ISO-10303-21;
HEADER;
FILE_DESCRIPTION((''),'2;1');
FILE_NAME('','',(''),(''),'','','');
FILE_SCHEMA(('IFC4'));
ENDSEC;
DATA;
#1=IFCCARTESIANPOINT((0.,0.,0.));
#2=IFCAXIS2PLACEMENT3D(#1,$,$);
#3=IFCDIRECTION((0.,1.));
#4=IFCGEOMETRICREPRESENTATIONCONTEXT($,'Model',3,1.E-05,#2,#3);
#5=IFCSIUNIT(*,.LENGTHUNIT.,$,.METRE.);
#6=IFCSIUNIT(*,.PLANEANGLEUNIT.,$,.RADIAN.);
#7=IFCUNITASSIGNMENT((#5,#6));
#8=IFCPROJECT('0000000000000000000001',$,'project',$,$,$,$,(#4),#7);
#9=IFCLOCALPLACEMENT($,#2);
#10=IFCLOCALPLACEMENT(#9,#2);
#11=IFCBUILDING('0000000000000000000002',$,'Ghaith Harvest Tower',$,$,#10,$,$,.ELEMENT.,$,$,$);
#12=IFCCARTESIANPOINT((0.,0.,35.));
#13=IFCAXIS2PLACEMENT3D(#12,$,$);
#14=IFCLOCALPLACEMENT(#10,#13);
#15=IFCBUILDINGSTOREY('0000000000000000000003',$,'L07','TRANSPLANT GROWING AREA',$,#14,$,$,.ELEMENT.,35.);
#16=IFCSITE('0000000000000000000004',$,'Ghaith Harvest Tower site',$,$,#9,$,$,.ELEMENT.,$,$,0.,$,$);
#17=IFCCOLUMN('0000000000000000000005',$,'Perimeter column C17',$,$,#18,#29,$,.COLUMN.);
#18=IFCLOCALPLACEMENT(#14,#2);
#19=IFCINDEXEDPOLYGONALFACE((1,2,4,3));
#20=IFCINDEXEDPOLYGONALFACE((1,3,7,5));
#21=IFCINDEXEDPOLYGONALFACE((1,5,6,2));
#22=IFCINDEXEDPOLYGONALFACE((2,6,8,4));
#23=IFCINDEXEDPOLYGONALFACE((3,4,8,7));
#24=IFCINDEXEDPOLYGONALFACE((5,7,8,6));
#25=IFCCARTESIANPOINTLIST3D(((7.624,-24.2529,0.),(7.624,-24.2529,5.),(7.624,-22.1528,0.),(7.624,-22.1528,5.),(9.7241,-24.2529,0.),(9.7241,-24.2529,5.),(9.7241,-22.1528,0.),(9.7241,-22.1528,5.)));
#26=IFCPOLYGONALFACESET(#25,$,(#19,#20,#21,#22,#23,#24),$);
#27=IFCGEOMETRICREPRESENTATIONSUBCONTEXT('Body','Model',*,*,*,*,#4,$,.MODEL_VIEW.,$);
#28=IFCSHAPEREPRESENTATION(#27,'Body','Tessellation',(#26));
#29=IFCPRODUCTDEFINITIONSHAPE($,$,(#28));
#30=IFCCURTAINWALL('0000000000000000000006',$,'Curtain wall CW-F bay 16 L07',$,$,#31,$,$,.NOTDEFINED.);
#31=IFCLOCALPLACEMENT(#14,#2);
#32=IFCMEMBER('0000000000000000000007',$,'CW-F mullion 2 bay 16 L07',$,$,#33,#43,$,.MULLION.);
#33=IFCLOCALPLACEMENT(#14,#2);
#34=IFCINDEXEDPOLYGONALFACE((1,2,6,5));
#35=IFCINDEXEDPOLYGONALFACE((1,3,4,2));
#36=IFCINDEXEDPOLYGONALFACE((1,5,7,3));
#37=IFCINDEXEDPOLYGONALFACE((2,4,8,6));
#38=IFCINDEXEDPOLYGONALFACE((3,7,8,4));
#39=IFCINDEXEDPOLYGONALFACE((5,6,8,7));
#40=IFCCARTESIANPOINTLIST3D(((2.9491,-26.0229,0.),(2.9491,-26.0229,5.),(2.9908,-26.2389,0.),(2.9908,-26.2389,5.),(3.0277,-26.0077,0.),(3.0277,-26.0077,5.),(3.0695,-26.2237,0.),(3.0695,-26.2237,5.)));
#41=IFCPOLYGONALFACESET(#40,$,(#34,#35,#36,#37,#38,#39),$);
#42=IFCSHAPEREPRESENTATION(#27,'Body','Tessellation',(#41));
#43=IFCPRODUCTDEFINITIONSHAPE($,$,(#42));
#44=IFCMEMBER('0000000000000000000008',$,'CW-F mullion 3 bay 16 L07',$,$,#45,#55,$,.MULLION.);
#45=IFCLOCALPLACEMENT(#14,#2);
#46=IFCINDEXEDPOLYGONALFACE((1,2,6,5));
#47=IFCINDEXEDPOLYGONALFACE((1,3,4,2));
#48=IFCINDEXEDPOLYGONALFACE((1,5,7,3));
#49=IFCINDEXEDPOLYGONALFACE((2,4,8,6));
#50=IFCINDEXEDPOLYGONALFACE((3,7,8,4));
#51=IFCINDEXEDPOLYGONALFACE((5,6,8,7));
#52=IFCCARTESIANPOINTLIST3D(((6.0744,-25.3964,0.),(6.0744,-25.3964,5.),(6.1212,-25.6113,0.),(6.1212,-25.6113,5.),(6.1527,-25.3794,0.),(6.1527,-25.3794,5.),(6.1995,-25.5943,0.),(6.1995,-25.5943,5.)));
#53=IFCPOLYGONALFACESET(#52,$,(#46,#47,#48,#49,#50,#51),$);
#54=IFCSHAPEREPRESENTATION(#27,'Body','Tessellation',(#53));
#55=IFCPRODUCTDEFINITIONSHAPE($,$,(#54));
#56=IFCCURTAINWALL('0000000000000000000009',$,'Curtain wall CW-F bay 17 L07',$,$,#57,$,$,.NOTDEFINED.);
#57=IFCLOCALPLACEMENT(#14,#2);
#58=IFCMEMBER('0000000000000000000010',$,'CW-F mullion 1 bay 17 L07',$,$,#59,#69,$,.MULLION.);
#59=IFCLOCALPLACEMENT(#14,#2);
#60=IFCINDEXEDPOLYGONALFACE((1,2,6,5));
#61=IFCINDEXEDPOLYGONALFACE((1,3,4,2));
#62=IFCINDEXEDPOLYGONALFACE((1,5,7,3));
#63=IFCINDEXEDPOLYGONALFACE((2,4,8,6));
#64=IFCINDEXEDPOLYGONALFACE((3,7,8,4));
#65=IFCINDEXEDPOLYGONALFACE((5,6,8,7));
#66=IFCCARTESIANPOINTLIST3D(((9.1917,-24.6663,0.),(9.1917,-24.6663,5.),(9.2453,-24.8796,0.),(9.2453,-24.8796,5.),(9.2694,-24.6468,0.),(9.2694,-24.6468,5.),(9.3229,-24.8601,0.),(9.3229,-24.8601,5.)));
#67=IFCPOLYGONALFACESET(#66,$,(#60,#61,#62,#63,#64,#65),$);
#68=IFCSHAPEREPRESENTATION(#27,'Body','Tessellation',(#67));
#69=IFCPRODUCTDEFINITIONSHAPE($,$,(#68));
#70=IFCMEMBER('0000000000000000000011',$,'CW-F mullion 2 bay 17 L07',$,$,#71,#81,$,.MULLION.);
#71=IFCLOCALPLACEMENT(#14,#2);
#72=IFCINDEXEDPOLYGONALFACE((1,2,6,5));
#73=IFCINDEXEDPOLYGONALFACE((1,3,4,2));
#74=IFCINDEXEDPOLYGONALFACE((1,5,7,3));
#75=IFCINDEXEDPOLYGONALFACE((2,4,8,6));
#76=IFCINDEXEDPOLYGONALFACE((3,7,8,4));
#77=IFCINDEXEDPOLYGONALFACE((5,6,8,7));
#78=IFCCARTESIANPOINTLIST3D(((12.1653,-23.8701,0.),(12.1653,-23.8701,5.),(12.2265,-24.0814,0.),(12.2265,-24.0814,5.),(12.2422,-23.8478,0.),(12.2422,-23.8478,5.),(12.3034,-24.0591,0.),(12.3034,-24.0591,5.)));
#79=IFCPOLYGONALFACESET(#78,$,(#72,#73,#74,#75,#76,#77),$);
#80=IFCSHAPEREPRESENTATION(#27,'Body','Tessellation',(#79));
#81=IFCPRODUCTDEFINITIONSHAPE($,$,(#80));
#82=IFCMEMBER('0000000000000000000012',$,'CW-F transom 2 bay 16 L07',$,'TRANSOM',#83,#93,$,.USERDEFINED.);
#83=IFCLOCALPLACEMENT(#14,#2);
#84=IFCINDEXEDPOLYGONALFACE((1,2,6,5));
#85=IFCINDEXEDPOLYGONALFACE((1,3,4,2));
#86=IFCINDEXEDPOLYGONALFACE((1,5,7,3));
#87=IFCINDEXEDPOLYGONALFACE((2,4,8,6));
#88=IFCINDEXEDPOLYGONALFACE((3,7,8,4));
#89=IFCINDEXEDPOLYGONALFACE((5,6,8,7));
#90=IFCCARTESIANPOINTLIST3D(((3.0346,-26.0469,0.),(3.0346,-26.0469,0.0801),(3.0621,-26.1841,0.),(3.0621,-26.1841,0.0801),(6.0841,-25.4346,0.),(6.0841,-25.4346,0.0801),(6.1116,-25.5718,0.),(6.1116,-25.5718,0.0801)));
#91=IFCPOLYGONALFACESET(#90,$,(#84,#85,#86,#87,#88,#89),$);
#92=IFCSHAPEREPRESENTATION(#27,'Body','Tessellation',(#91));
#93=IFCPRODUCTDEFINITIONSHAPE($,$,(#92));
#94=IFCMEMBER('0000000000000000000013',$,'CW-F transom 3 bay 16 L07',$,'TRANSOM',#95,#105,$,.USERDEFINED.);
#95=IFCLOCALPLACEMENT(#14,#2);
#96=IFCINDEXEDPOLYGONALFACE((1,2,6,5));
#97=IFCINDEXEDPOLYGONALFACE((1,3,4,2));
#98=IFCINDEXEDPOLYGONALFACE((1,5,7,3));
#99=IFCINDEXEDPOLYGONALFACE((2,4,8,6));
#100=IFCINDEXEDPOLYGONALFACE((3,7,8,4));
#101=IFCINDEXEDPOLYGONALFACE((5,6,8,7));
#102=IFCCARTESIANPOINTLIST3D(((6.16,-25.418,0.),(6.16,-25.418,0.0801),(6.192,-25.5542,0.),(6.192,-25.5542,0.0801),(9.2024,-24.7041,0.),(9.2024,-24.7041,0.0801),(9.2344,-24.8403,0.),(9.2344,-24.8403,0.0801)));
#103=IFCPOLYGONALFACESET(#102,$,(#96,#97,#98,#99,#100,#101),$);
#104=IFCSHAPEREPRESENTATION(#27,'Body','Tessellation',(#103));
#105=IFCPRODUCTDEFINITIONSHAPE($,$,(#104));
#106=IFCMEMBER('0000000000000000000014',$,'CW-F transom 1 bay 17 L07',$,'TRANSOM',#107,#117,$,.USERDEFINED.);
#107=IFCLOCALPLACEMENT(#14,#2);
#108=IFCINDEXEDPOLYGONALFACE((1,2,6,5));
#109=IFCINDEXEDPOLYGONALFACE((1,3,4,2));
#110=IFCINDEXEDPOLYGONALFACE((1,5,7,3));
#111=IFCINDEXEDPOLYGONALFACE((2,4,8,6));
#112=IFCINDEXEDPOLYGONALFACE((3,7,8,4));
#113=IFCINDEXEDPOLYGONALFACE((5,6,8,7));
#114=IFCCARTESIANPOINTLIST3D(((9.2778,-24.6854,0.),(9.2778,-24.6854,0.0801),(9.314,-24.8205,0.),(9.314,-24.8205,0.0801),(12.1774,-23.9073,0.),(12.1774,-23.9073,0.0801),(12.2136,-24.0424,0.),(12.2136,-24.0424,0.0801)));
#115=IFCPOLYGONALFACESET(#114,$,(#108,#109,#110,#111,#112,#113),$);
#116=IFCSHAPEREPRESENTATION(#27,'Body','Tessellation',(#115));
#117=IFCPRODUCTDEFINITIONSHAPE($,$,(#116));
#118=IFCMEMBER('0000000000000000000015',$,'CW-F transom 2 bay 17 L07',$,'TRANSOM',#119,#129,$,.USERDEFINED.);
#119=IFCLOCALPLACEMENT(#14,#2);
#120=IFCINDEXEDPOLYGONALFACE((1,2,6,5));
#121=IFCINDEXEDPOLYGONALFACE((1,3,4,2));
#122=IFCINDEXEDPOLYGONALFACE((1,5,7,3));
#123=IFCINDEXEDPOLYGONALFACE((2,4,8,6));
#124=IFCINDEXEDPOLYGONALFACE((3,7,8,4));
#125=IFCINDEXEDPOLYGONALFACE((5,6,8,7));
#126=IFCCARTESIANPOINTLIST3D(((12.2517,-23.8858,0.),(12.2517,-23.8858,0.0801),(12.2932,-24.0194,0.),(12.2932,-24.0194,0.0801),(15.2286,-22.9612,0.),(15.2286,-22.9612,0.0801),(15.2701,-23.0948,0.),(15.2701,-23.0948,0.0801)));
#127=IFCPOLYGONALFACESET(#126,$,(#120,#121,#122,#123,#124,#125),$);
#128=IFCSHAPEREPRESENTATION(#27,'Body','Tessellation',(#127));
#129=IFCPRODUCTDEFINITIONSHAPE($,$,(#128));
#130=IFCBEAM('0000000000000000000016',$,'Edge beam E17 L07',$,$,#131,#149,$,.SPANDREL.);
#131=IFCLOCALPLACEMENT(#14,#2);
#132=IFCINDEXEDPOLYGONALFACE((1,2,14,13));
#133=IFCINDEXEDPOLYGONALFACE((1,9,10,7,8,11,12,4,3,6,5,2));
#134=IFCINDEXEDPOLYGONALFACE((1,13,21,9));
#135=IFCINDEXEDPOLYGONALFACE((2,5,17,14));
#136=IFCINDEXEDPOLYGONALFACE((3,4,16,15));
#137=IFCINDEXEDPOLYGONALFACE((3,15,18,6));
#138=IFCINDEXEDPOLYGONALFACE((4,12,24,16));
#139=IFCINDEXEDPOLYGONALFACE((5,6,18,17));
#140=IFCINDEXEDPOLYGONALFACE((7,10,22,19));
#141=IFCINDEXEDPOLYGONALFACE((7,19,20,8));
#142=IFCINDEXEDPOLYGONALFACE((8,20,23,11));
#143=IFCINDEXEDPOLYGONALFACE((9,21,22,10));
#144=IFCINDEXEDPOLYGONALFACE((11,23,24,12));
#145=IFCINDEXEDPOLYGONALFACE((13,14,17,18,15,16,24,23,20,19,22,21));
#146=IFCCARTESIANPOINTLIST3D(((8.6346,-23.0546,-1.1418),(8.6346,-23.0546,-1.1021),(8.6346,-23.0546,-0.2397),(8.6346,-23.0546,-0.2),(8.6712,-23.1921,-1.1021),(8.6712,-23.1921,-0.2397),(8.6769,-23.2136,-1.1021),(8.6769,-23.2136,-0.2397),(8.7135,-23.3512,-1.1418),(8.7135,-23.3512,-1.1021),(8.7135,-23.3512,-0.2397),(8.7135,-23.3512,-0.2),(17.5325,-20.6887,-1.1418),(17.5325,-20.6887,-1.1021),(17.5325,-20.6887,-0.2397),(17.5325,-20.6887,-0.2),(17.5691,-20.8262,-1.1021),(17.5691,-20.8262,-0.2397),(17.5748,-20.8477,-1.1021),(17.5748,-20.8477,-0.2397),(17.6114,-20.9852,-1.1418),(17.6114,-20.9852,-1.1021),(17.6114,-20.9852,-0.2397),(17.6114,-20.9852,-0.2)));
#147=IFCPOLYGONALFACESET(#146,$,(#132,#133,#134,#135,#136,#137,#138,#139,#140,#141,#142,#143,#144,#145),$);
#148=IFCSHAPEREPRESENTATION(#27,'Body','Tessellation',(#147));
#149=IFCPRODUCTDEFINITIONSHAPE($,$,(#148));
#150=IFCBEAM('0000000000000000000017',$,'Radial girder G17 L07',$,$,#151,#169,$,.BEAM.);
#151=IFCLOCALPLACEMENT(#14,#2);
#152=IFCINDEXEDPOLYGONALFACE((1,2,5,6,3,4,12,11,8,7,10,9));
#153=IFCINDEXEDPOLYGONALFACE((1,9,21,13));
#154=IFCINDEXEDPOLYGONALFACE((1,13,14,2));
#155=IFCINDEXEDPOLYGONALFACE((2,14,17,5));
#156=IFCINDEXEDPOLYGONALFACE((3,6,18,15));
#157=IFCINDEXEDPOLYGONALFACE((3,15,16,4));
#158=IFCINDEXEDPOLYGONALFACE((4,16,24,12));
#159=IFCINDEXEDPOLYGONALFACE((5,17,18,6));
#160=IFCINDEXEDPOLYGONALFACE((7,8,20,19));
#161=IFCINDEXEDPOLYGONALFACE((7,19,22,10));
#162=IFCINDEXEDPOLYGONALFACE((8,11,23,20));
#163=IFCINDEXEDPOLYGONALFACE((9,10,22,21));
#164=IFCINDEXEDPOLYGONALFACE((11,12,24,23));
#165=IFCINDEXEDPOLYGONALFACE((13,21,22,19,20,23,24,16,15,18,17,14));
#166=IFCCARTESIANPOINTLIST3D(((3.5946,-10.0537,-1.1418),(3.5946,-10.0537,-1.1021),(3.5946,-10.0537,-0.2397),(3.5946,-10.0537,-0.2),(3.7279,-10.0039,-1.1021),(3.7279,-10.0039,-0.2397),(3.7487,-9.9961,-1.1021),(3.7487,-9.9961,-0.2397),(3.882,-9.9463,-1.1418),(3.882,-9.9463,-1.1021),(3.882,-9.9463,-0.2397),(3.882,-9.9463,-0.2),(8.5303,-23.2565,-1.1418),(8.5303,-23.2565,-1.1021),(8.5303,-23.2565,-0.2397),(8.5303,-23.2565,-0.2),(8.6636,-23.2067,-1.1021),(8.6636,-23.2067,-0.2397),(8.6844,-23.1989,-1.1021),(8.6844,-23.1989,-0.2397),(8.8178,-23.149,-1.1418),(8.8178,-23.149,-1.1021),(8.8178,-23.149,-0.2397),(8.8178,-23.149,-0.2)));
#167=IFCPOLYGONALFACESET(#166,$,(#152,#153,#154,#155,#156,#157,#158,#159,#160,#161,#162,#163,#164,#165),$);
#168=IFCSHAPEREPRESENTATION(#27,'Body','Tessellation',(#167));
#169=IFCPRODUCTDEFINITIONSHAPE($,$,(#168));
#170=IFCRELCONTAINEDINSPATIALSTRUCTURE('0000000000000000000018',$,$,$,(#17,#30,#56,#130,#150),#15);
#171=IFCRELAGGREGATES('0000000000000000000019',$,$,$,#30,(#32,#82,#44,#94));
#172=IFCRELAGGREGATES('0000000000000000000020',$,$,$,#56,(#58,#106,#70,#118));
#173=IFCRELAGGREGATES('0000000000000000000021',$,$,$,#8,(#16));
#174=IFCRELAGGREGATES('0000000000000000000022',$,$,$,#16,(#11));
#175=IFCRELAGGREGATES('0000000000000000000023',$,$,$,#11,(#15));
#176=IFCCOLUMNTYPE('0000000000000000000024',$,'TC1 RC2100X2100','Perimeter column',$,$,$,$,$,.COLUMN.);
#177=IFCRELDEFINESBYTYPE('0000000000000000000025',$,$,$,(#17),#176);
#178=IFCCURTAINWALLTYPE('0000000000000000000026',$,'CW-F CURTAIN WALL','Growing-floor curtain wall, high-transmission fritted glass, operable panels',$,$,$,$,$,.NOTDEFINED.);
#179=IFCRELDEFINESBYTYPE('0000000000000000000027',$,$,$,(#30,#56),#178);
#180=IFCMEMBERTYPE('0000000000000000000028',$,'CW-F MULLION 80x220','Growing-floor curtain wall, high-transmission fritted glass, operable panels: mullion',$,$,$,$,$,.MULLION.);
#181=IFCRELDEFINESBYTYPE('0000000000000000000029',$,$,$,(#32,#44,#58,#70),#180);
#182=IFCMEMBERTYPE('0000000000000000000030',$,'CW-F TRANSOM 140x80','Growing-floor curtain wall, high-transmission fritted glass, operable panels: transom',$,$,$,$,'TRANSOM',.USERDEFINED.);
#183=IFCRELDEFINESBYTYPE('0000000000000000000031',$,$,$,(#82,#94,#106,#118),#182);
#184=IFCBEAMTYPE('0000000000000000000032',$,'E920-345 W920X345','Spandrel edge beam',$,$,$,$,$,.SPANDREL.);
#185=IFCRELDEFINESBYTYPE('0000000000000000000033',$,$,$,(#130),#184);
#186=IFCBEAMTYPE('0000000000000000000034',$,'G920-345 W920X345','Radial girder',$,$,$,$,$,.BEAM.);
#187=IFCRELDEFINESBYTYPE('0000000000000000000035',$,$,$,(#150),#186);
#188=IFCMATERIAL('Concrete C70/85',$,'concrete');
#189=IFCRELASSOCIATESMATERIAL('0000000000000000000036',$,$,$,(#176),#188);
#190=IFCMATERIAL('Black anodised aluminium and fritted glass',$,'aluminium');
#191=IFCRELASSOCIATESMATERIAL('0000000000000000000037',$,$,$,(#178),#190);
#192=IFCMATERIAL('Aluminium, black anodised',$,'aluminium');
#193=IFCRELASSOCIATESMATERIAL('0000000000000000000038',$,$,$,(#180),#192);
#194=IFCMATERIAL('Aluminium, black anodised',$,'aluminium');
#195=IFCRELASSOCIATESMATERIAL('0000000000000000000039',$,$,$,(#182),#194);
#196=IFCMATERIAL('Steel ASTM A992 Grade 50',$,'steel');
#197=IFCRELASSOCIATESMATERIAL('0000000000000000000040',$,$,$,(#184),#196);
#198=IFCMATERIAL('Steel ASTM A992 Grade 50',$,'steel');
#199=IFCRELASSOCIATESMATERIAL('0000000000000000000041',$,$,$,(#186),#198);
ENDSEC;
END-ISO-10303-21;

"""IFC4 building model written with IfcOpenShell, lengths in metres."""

from ifc_helpers import new_model, si_unit, direction, frame, origin, origin_2d, place, context, subcontext, project, spatial, rectangle, i_section, extrude, material, material_profile, profile_set, type_object, element, aggregate, save


model = new_model("IFC4")

# Units and contexts
model_context = context("Model", 3, precision=1e-05, world=origin(), true_north=direction((0.0, 1.0)))
body_context = subcontext(model_context, "Body", "Model", "MODEL_VIEW")
ifc_project = project(units=[si_unit("LENGTHUNIT", "METRE"), si_unit("PLANEANGLEUNIT", "RADIAN")], contexts=[model_context])

# Site, building, storey
site_placement = place(None, origin())
site = spatial("IfcSite", under=ifc_project, at=site_placement, Name="Ghaith Harvest Tower site", CompositionType="ELEMENT", RefElevation=0.0)
building_placement = place(site_placement, origin())
building = spatial("IfcBuilding", under=site, at=building_placement, Name="Ghaith Harvest Tower", CompositionType="ELEMENT")
storey_placement = place(building_placement, frame((0.0, 0.0, 35.0)))
storey = spatial("IfcBuildingStorey", under=building, at=storey_placement, Name="L07", Description="TRANSPLANT GROWING AREA", CompositionType="ELEMENT", Elevation=35.0)

# Column
ifc_material_1 = material(Name="Concrete C70/85", Category="concrete")
ifc_material_profile_1 = material_profile(ifc_material_1, rectangle(XDim=2.1001, YDim=2.1001, at=origin_2d()), Name="RC2100X2100")
ifc_profile_set_1 = profile_set([ifc_material_profile_1], Name="Concrete C70/85")
column_type = type_object("IfcColumnType", Name="TC1 RC2100X2100", Description="Perimeter column", PredefinedType="COLUMN", material=ifc_profile_set_1)
column_placement = place(storey_placement, frame((8.6741, -23.2029, 0.0), z_axis=(0.0, 0.0, 1.0), x_axis=(1.0, 0.0, 0.0)))
element("IfcColumn", 1, at=column_placement, inside=storey, type_object=column_type, Name="Perimeter column C17", PredefinedType="COLUMN", context=body_context, shape_type="SweptSolid", body=[
    extrude(rectangle(XDim=2.1001, YDim=2.1001, at=origin_2d()), origin(), (0.0, 0.0, 1.0), 5.0),
])

# Curtain walls, members
ifc_material_2 = material(Name="Black anodised aluminium and fritted glass", Category="aluminium")
curtain_wall_type = type_object("IfcCurtainWallType", Name="CW-F CURTAIN WALL", Description="Growing-floor curtain wall, high-transmission fritted glass, operable panels", PredefinedType="NOTDEFINED", material=ifc_material_2)
curtain_wall_1_placement = place(storey_placement, origin())
curtain_wall_1 = element("IfcCurtainWall", 2, at=curtain_wall_1_placement, inside=storey, type_object=curtain_wall_type, Name="Curtain wall CW-F bay 16 L07", PredefinedType="NOTDEFINED")
ifc_material_3 = material(Name="Aluminium, black anodised", Category="aluminium")
ifc_material_profile_2 = material_profile(ifc_material_3, rectangle(XDim=0.0801, YDim=0.22, at=origin_2d()), Name="CW-F MULLION 80x220")
ifc_profile_set_2 = profile_set([ifc_material_profile_2], Name="Aluminium, black anodised")
member_type_1 = type_object("IfcMemberType", Name="CW-F MULLION 80x220", Description="Growing-floor curtain wall, high-transmission fritted glass, operable panels: mullion", PredefinedType="MULLION", material=ifc_profile_set_2)
member_1_placement = place(storey_placement, frame((3.0093, -26.1233, 0.0), z_axis=(0.0, 0.0, 1.0), x_axis=(0.981818, 0.189822, 0.0)))
member_1 = element("IfcMember", 3, at=member_1_placement, type_object=member_type_1, Name="CW-F mullion 2 bay 16 L07", PredefinedType="MULLION", context=body_context, shape_type="SweptSolid", body=[
    extrude(rectangle(XDim=0.0801, YDim=0.22, at=origin_2d()), origin(), (0.0, 0.0, 1.0), 5.0),
])
member_2_placement = place(storey_placement, frame((6.137, -25.4954, 0.0), z_axis=(0.0, 0.0, 1.0), x_axis=(0.977118, 0.212698, 0.0)))
member_2 = element("IfcMember", 4, at=member_2_placement, type_object=member_type_1, Name="CW-F mullion 3 bay 16 L07", PredefinedType="MULLION", context=body_context, shape_type="SweptSolid", body=[
    extrude(rectangle(XDim=0.0801, YDim=0.22, at=origin_2d()), origin(), (0.0, 0.0, 1.0), 5.0),
])
curtain_wall_2_placement = place(storey_placement, origin())
curtain_wall_2 = element("IfcCurtainWall", 5, at=curtain_wall_2_placement, inside=storey, type_object=curtain_wall_type, Name="Curtain wall CW-F bay 17 L07", PredefinedType="NOTDEFINED")
member_3_placement = place(storey_placement, frame((9.2573, -24.7632, 0.0), z_axis=(0.0, 0.0, 1.0), x_axis=(0.969903, 0.24349, 0.0)))
member_3 = element("IfcMember", 6, at=member_3_placement, type_object=member_type_1, Name="CW-F mullion 1 bay 17 L07", PredefinedType="MULLION", context=body_context, shape_type="SweptSolid", body=[
    extrude(rectangle(XDim=0.0801, YDim=0.22, at=origin_2d()), origin(), (0.0, 0.0, 1.0), 5.0),
])
member_4_placement = place(storey_placement, frame((12.2344, -23.9646, 0.0), z_axis=(0.0, 0.0, 1.0), x_axis=(0.960502, 0.278272, 0.0)))
member_4 = element("IfcMember", 7, at=member_4_placement, type_object=member_type_1, Name="CW-F mullion 2 bay 17 L07", PredefinedType="MULLION", context=body_context, shape_type="SweptSolid", body=[
    extrude(rectangle(XDim=0.0801, YDim=0.22, at=origin_2d()), origin(), (0.0, 0.0, 1.0), 5.0),
])

# Members
ifc_material_4 = material(Name="Aluminium, black anodised", Category="aluminium")
ifc_material_profile_3 = material_profile(ifc_material_4, rectangle(XDim=0.1399, YDim=0.0801, at=origin_2d()), Name="CW-F TRANSOM 140x80")
ifc_profile_set_3 = profile_set([ifc_material_profile_3], Name="Aluminium, black anodised")
member_type_2 = type_object("IfcMemberType", Name="CW-F TRANSOM 140x80", Description="Growing-floor curtain wall, high-transmission fritted glass, operable panels: transom", ElementType="TRANSOM", PredefinedType="USERDEFINED", material=ifc_profile_set_3)
member_5_placement = place(storey_placement, frame((3.0483, -26.1155, 0.04), z_axis=(0.980432, 0.196856, 0.0), x_axis=(-0.196856, 0.980432, 0.0)))
member_5 = element("IfcMember", 8, at=member_5_placement, type_object=member_type_2, Name="CW-F transom 2 bay 16 L07", ObjectType="TRANSOM", PredefinedType="USERDEFINED", context=body_context, shape_type="SweptSolid", body=[
    extrude(rectangle(XDim=0.1399, YDim=0.0801, at=origin_2d()), origin(), (0.0, 0.0, 1.0), 3.1104),
])
member_6_placement = place(storey_placement, frame((6.176, -25.4861, 0.04), z_axis=(0.97356, 0.22843, 0.0), x_axis=(-0.22843, 0.97356, 0.0)))
member_6 = element("IfcMember", 9, at=member_6_placement, type_object=member_type_2, Name="CW-F transom 3 bay 16 L07", ObjectType="TRANSOM", PredefinedType="USERDEFINED", context=body_context, shape_type="SweptSolid", body=[
    extrude(rectangle(XDim=0.1399, YDim=0.0801, at=origin_2d()), origin(), (0.0, 0.0, 1.0), 3.125),
])
member_7_placement = place(storey_placement, frame((9.2959, -24.7529, 0.04), z_axis=(0.965833, 0.259166, 0.0), x_axis=(-0.259166, 0.965833, 0.0)))
member_7 = element("IfcMember", 10, at=member_7_placement, type_object=member_type_2, Name="CW-F transom 1 bay 17 L07", ObjectType="TRANSOM", PredefinedType="USERDEFINED", context=body_context, shape_type="SweptSolid", body=[
    extrude(rectangle(XDim=0.1399, YDim=0.0801, at=origin_2d()), origin(), (0.0, 0.0, 1.0), 3.0022),
])
member_8_placement = place(storey_placement, frame((12.2725, -23.9526, 0.04), z_axis=(0.954998, 0.296611, 0.0), x_axis=(-0.296611, 0.954998, 0.0)))
member_8 = element("IfcMember", 11, at=member_8_placement, type_object=member_type_2, Name="CW-F transom 2 bay 17 L07", ObjectType="TRANSOM", PredefinedType="USERDEFINED", context=body_context, shape_type="SweptSolid", body=[
    extrude(rectangle(XDim=0.1399, YDim=0.0801, at=origin_2d()), origin(), (0.0, 0.0, 1.0), 3.1172),
])

# Beams
ifc_material_5 = material(Name="Steel ASTM A992 Grade 50", Category="steel")
ifc_material_profile_4 = material_profile(ifc_material_5, i_section(OverallWidth=0.3069, OverallDepth=0.9419, WebThickness=0.0222, FlangeThickness=0.0398, at=origin_2d()), Name="W920X345")
ifc_profile_set_4 = profile_set([ifc_material_profile_4], Name="Steel ASTM A992 Grade 50")
beam_type_1 = type_object("IfcBeamType", Name="E920-345 W920X345", Description="Spandrel edge beam", PredefinedType="SPANDREL", material=ifc_profile_set_4)
beam_1_placement = place(storey_placement, frame((8.6741, -23.2029, -0.6709), z_axis=(0.966419, 0.256971, 0.0), x_axis=(-0.256971, 0.966419, 0.0)))
element("IfcBeam", 12, at=beam_1_placement, inside=storey, type_object=beam_type_1, Name="Edge beam E17 L07", PredefinedType="SPANDREL", context=body_context, shape_type="SweptSolid", body=[
    extrude(i_section(OverallWidth=0.3069, OverallDepth=0.9419, WebThickness=0.0222, FlangeThickness=0.0398, at=origin_2d()), origin(), (0.0, 0.0, 1.0), 9.207),
])
ifc_material_6 = material(Name="Steel ASTM A992 Grade 50", Category="steel")
ifc_material_profile_5 = material_profile(ifc_material_6, i_section(OverallWidth=0.3069, OverallDepth=0.9419, WebThickness=0.0222, FlangeThickness=0.0398, at=origin_2d()), Name="W920X345")
ifc_profile_set_5 = profile_set([ifc_material_profile_5], Name="Steel ASTM A992 Grade 50")
beam_type_2 = type_object("IfcBeamType", Name="G920-345 W920X345", Description="Radial girder", PredefinedType="BEAM", material=ifc_profile_set_5)
beam_2_placement = place(storey_placement, frame((3.7383, -10.0, -0.6709), z_axis=(0.350172, -0.936685, 0.0), x_axis=(0.936685, 0.350172, 0.0)))
element("IfcBeam", 13, at=beam_2_placement, inside=storey, type_object=beam_type_2, Name="Radial girder G17 L07", PredefinedType="BEAM", context=body_context, shape_type="SweptSolid", body=[
    extrude(i_section(OverallWidth=0.3069, OverallDepth=0.9419, WebThickness=0.0222, FlangeThickness=0.0398, at=origin_2d()), origin(), (0.0, 0.0, 1.0), 14.0952),
])

aggregate(curtain_wall_1, [member_1, member_5, member_2, member_6])
aggregate(curtain_wall_2, [member_3, member_7, member_4, member_8])

save(model, "model.ifc")
